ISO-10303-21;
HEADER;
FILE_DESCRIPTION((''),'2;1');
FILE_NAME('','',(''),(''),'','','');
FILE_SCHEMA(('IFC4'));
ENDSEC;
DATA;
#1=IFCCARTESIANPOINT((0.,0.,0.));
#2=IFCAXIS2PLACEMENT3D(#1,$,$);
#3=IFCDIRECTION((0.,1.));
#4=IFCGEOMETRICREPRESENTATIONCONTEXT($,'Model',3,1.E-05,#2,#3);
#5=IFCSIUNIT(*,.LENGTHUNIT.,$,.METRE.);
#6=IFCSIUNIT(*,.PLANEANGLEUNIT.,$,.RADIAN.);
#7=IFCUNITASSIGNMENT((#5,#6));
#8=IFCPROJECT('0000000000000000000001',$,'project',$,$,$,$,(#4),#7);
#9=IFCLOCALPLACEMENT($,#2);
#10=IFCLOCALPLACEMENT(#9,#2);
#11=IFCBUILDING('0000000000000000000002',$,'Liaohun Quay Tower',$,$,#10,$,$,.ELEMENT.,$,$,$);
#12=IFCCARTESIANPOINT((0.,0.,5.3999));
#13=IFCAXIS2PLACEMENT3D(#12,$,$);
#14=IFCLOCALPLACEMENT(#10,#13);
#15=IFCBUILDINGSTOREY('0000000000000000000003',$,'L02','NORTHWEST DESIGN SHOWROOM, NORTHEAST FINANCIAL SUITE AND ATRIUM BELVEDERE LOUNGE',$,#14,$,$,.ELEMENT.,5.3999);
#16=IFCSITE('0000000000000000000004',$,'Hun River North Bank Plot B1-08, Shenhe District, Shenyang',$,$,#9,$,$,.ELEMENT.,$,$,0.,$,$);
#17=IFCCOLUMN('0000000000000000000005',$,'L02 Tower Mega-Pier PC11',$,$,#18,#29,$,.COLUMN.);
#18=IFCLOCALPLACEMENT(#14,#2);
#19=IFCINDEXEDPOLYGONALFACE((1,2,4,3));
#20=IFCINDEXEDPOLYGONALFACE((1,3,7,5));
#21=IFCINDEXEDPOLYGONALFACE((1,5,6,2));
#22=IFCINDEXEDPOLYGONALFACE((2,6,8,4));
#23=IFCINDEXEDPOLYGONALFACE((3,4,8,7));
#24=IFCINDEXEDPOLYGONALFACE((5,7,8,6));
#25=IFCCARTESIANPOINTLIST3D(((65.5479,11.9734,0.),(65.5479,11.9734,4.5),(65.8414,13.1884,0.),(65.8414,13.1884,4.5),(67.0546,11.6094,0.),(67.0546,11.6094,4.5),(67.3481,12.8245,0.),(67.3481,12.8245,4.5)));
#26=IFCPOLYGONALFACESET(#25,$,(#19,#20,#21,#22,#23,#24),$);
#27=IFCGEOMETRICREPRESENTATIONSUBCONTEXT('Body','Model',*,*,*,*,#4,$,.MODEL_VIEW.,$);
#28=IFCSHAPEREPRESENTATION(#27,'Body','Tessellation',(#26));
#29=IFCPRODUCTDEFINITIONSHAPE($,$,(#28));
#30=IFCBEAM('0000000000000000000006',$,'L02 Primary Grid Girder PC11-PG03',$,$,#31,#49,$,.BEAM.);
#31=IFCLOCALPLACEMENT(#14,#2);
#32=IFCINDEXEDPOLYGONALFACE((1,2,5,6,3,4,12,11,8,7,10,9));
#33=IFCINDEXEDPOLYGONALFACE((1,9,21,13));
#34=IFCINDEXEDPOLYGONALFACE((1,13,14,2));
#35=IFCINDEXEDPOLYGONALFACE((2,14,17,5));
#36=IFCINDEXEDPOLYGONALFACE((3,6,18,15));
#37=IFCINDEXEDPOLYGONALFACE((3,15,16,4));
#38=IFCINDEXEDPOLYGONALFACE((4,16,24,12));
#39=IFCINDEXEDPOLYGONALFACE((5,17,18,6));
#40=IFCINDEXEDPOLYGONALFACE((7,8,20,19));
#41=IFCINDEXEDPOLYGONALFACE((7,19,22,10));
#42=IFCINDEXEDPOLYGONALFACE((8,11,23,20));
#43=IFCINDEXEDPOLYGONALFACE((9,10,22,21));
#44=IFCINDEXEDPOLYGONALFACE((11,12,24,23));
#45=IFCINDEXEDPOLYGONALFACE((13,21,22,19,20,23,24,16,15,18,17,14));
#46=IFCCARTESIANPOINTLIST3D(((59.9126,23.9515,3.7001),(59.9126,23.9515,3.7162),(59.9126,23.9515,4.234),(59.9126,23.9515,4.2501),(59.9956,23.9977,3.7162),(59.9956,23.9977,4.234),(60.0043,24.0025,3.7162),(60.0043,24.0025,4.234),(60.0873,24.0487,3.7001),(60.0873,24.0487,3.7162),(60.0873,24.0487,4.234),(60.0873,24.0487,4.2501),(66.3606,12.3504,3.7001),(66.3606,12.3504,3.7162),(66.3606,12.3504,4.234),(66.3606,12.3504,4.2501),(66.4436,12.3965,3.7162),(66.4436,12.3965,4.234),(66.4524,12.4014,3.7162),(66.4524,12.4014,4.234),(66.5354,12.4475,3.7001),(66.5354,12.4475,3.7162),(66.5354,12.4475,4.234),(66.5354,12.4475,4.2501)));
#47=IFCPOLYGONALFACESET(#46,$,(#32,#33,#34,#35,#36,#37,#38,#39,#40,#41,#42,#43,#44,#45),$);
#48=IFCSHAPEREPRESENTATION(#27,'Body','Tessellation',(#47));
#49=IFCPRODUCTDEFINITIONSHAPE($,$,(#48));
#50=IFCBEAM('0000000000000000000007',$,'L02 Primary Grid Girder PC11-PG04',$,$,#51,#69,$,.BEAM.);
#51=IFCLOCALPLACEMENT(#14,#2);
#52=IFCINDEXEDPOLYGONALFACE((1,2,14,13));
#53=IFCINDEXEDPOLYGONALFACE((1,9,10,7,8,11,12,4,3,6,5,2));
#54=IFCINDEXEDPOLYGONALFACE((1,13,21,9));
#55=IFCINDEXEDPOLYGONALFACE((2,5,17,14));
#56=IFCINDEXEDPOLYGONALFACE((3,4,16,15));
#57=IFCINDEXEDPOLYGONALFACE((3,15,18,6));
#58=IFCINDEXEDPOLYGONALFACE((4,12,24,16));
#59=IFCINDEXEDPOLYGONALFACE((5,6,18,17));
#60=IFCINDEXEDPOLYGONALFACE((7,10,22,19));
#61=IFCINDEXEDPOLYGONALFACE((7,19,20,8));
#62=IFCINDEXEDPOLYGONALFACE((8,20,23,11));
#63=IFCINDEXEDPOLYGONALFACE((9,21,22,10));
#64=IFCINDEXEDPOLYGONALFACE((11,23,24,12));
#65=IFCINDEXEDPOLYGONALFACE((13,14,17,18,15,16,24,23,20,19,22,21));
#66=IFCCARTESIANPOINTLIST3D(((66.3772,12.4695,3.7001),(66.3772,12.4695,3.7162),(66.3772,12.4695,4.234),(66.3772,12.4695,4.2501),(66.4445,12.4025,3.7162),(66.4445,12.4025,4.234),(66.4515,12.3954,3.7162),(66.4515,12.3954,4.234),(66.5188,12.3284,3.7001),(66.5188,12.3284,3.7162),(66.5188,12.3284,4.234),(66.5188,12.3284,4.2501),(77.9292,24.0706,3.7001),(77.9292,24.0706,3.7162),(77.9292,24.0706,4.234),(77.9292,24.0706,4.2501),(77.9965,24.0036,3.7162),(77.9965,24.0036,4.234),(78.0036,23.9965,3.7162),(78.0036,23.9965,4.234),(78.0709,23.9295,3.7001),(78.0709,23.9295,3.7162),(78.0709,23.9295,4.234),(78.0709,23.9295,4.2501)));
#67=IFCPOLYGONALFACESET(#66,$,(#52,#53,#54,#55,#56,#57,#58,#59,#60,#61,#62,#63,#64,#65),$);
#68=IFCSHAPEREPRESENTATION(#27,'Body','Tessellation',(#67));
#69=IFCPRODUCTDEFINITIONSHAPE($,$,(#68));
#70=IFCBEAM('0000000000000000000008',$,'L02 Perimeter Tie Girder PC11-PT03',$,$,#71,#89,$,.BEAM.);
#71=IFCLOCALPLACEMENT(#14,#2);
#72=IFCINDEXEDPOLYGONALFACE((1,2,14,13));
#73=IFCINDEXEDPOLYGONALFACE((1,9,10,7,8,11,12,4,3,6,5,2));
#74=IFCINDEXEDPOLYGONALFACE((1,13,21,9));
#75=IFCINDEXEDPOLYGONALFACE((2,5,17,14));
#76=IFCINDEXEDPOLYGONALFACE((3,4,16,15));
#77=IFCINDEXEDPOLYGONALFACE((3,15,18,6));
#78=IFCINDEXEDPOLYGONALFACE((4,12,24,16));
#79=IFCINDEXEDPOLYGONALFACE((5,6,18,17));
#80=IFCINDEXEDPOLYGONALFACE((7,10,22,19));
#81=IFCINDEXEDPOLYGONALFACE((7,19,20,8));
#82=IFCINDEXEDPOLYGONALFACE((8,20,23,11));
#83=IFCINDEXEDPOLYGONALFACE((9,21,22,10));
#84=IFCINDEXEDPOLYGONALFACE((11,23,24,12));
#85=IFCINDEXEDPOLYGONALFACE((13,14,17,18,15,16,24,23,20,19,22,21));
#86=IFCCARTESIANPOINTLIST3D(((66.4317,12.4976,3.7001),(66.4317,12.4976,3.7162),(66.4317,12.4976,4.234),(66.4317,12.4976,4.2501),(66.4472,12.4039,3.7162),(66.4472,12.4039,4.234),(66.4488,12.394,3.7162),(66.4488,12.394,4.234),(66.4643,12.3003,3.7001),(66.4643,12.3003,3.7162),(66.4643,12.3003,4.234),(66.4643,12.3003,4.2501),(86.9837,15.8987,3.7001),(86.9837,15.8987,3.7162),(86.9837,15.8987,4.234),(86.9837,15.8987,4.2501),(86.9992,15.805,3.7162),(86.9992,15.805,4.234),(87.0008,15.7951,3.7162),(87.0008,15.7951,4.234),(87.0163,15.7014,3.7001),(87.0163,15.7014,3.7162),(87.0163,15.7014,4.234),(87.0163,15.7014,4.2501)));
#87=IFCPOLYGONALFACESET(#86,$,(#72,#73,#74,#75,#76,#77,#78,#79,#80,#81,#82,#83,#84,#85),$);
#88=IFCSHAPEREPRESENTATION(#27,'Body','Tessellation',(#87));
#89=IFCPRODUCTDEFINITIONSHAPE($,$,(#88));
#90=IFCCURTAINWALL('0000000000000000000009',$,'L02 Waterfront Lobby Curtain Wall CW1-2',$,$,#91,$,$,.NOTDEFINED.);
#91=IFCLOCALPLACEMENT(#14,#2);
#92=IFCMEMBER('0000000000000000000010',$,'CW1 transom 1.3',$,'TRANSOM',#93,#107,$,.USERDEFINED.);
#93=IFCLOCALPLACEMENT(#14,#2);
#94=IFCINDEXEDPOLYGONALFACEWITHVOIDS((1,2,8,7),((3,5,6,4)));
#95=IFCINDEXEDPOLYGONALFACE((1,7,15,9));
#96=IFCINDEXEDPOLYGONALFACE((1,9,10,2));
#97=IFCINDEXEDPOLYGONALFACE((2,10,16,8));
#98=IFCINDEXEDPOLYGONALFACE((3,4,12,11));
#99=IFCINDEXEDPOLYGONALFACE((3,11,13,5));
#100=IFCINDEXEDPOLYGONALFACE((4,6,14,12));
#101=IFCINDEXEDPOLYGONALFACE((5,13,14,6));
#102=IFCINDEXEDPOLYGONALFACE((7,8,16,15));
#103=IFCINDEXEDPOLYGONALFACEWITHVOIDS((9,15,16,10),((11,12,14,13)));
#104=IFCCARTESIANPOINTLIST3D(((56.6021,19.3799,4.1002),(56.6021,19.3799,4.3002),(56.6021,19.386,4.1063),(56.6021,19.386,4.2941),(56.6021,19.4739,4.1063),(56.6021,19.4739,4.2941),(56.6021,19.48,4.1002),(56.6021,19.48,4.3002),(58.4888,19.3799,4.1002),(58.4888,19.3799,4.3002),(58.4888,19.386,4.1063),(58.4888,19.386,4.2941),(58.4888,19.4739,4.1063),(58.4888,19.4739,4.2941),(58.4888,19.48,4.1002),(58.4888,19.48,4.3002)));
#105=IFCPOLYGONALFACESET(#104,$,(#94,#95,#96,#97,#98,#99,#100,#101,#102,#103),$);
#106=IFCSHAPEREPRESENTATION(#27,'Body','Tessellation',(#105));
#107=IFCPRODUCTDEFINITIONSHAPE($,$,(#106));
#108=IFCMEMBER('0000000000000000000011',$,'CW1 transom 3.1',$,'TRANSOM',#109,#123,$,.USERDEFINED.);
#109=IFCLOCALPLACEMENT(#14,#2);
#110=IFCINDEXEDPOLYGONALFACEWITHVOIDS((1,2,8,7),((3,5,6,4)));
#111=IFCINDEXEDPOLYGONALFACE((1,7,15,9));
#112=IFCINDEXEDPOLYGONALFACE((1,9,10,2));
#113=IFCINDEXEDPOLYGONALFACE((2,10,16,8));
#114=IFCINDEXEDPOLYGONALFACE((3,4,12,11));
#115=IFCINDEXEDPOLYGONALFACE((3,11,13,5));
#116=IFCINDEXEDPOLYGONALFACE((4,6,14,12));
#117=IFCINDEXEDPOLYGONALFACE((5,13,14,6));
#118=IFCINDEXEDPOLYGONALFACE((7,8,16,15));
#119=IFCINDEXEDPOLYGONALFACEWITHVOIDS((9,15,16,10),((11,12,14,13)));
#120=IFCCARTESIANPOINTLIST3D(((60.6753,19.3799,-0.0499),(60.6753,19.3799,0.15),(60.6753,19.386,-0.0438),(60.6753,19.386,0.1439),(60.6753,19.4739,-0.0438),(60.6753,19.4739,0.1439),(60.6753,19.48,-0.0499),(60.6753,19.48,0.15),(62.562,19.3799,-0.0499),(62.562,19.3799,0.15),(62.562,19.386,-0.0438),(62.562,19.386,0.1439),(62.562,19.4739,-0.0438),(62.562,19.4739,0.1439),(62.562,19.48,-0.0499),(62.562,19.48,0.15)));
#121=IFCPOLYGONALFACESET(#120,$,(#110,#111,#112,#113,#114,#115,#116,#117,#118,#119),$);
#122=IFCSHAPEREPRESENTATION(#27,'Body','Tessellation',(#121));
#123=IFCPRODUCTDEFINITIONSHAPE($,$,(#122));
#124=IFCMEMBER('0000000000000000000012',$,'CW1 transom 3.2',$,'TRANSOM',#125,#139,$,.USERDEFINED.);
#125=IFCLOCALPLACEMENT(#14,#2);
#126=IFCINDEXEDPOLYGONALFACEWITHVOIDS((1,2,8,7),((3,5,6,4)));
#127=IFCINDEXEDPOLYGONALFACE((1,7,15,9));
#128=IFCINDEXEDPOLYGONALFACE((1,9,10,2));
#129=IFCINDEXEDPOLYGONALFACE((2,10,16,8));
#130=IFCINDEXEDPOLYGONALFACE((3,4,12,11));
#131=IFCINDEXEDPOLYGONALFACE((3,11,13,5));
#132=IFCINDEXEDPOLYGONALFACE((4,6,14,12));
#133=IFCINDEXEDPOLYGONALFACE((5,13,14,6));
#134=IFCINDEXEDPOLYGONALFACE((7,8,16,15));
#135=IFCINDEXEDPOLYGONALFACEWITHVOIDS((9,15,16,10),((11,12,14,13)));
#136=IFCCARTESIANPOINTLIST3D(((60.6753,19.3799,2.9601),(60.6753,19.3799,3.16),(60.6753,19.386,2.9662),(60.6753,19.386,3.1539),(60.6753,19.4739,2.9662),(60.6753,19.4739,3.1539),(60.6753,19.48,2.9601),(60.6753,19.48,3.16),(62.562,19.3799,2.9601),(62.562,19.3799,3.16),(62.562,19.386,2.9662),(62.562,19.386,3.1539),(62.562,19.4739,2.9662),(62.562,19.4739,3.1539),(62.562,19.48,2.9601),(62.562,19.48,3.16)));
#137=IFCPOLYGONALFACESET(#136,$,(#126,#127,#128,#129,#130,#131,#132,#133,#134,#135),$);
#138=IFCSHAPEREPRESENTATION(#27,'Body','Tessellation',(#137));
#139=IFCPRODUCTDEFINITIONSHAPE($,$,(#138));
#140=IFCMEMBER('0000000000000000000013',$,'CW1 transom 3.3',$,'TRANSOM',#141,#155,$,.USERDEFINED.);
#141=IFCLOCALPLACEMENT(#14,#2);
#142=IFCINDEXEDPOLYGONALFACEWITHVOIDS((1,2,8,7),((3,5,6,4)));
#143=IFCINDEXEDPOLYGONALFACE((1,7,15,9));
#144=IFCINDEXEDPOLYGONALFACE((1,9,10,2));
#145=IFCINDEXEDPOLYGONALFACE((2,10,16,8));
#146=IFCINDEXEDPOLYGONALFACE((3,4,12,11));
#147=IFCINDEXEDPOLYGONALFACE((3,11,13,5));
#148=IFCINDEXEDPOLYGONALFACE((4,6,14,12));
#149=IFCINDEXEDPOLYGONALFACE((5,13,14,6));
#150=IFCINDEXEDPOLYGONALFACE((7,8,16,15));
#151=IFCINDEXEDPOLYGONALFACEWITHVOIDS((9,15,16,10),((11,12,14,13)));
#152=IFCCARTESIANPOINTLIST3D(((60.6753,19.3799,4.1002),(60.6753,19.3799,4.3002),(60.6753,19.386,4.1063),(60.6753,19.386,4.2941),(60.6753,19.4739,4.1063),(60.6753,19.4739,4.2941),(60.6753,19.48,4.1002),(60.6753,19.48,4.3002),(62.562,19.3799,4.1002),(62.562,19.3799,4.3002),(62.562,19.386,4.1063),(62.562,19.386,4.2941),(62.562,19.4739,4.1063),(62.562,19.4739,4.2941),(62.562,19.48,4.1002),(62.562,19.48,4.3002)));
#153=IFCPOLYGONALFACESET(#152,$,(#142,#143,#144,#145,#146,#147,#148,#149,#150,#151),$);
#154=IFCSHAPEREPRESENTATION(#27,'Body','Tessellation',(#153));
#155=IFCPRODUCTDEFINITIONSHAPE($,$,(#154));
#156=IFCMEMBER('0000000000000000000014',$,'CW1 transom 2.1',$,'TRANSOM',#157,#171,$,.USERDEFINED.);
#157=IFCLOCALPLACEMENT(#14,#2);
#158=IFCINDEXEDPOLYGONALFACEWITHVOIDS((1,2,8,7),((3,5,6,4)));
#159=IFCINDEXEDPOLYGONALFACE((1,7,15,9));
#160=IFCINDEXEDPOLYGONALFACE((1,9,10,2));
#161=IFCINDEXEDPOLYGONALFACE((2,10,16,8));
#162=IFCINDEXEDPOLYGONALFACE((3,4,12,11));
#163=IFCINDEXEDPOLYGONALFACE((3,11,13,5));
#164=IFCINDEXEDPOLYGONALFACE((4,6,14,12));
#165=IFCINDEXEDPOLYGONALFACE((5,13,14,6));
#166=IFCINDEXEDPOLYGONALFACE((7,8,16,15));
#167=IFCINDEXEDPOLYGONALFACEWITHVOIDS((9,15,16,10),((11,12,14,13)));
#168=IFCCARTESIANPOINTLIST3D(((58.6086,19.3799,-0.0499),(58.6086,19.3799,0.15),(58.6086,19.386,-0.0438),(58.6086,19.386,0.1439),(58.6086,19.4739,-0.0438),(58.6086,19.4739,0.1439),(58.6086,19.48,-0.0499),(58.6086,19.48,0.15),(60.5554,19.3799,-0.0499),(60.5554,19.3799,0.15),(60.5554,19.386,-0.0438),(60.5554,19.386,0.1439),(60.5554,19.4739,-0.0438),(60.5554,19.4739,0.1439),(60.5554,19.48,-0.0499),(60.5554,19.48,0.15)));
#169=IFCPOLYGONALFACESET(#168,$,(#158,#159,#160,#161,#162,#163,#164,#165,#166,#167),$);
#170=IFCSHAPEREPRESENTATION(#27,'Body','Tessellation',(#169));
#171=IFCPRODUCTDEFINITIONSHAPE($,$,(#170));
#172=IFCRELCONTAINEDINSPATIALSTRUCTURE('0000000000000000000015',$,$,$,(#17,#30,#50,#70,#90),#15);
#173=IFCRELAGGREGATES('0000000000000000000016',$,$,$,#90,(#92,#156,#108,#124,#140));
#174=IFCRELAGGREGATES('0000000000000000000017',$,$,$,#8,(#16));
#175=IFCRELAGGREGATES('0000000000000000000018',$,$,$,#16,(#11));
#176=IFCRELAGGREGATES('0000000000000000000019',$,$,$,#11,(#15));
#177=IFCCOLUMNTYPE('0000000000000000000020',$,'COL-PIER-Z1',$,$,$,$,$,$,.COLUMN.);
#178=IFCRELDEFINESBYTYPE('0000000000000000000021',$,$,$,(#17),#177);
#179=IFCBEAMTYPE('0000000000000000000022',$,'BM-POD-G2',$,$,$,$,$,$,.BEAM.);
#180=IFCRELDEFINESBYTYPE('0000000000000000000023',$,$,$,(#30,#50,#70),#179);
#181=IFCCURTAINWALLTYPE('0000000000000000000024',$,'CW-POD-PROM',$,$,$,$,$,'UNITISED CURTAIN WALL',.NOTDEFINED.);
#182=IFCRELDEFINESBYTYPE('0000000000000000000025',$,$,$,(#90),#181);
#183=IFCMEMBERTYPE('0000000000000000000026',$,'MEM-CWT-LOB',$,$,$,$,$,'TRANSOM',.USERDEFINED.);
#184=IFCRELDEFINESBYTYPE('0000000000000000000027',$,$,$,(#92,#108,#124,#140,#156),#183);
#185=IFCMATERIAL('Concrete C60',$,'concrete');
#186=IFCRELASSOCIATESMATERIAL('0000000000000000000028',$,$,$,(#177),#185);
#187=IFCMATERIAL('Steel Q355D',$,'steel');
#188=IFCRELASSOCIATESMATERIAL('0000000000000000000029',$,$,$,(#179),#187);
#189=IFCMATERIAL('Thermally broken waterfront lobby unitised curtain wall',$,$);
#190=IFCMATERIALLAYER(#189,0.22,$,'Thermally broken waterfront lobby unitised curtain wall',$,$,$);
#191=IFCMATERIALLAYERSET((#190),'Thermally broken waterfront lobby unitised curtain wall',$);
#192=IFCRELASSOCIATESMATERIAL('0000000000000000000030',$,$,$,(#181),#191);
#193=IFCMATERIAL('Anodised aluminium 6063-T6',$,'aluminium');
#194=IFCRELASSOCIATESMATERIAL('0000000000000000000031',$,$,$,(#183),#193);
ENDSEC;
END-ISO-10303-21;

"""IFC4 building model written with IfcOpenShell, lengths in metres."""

from ifc_helpers import new_model, si_unit, direction, frame, origin, origin_2d, place, context, subcontext, project, spatial, rectangle, hollow_rectangle, i_section, extrude, source, transform, mapped, material, layer, layer_set, material_profile, profile_set, type_object, element, aggregate, save


model = new_model("IFC4")

# Units and contexts
model_context = context("Model", 3, precision=1e-05, world=origin(), true_north=direction((0.0, 1.0)))
body_context = subcontext(model_context, "Body", "Model", "MODEL_VIEW")
ifc_project = project(units=[si_unit("LENGTHUNIT", "METRE"), si_unit("PLANEANGLEUNIT", "RADIAN")], contexts=[model_context])

# Site, building, storey
site_placement = place(None, origin())
site = spatial("IfcSite", under=ifc_project, at=site_placement, Name="Hun River North Bank Plot B1-08, Shenhe District, Shenyang", CompositionType="ELEMENT", RefElevation=0.0)
building_placement = place(site_placement, origin())
building = spatial("IfcBuilding", under=site, at=building_placement, Name="Liaohun Quay Tower", CompositionType="ELEMENT")
storey_placement = place(building_placement, frame((0.0, 0.0, 5.3999)))
storey = spatial("IfcBuildingStorey", under=building, at=storey_placement, Name="L02", Description="NORTHWEST DESIGN SHOWROOM, NORTHEAST FINANCIAL SUITE AND ATRIUM BELVEDERE LOUNGE", CompositionType="ELEMENT", Elevation=5.3999)

# Column
ifc_material_1 = material(Name="Concrete C60", Category="concrete")
ifc_material_profile_1 = material_profile(ifc_material_1, rectangle(XDim=1.55, YDim=1.25, at=origin_2d()), Name="RC1550x1250")
ifc_profile_set_1 = profile_set([ifc_material_profile_1], Name="Concrete C60")
column_type = type_object("IfcColumnType", Name="COL-PIER-Z1", PredefinedType="COLUMN", material=ifc_profile_set_1)
shared_shape_1 = source(origin(), body_context, "Body", "SweptSolid", [
    extrude(rectangle(XDim=1.55, YDim=1.25, at=origin_2d()), origin(), (0.0, 0.0, 1.0), 4.5),
])
column_placement = place(storey_placement, frame((66.448, 12.3989, 0.0), z_axis=(0.0, 0.0, 1.0), x_axis=(-0.972043, 0.234803, 0.0)))
element("IfcColumn", 1, at=column_placement, inside=storey, type_object=column_type, Name="L02 Tower Mega-Pier PC11", PredefinedType="COLUMN", context=body_context, shape_type="MappedRepresentation", body=[
    mapped(shared_shape_1, transform((0.0, 0.0, 0.0), x_axis=(1.0, 0.0, 0.0), y_axis=(0.0, 1.0, 0.0), z_axis=(0.0, 0.0, 1.0), scale=1.0)),
])

# Beams
ifc_material_2 = material(Name="Steel Q355D", Category="steel")
ifc_material_profile_2 = material_profile(ifc_material_2, i_section(OverallWidth=0.2, OverallDepth=0.55, WebThickness=0.01, FlangeThickness=0.0161, at=origin_2d()), Name="HN550x200x10x16")
ifc_profile_set_2 = profile_set([ifc_material_profile_2], Name="Steel Q355D")
beam_type = type_object("IfcBeamType", Name="BM-POD-G2", PredefinedType="BEAM", material=ifc_profile_set_2)
shared_shape_2 = source(origin(), body_context, "Body", "SweptSolid", [
    extrude(i_section(OverallWidth=0.2, OverallDepth=0.55, WebThickness=0.01, FlangeThickness=0.0161, at=origin_2d()), origin(), (0.0, 0.0, 1.0), 13.2727),
])
beam_1_placement = place(storey_placement, frame((66.448, 12.3989, 3.9751), z_axis=(-0.485813, 0.874063, 0.0), x_axis=(-0.874063, -0.485813, 0.0)))
element("IfcBeam", 2, at=beam_1_placement, inside=storey, type_object=beam_type, Name="L02 Primary Grid Girder PC11-PG03", PredefinedType="BEAM", context=body_context, shape_type="MappedRepresentation", body=[
    mapped(shared_shape_2, transform((0.0, 0.0, 0.0), x_axis=(1.0, 0.0, 0.0), y_axis=(0.0, 1.0, 0.0), z_axis=(0.0, 0.0, 1.0), scale=1.0)),
])
shared_shape_3 = source(origin(), body_context, "Body", "SweptSolid", [
    extrude(i_section(OverallWidth=0.2, OverallDepth=0.55, WebThickness=0.01, FlangeThickness=0.0161, at=origin_2d()), origin(), (0.0, 0.0, 1.0), 16.3718),
])
beam_2_placement = place(storey_placement, frame((66.448, 12.3989, 3.9751), z_axis=(0.705607, 0.708604, 0.0), x_axis=(-0.708604, 0.705607, 0.0)))
element("IfcBeam", 3, at=beam_2_placement, inside=storey, type_object=beam_type, Name="L02 Primary Grid Girder PC11-PG04", PredefinedType="BEAM", context=body_context, shape_type="MappedRepresentation", body=[
    mapped(shared_shape_3, transform((0.0, 0.0, 0.0), x_axis=(1.0, 0.0, 0.0), y_axis=(0.0, 1.0, 0.0), z_axis=(0.0, 0.0, 1.0), scale=1.0)),
])
shared_shape_4 = source(origin(), body_context, "Body", "SweptSolid", [
    extrude(i_section(OverallWidth=0.2, OverallDepth=0.55, WebThickness=0.01, FlangeThickness=0.0161, at=origin_2d()), origin(), (0.0, 0.0, 1.0), 20.8315),
])
beam_3_placement = place(storey_placement, frame((66.448, 12.3989, 3.9751), z_axis=(0.986582, 0.163268, 0.0), x_axis=(-0.163268, 0.986582, 0.0)))
element("IfcBeam", 4, at=beam_3_placement, inside=storey, type_object=beam_type, Name="L02 Perimeter Tie Girder PC11-PT03", PredefinedType="BEAM", context=body_context, shape_type="MappedRepresentation", body=[
    mapped(shared_shape_4, transform((0.0, 0.0, 0.0), x_axis=(1.0, 0.0, 0.0), y_axis=(0.0, 1.0, 0.0), z_axis=(0.0, 0.0, 1.0), scale=1.0)),
])

# Curtain wall, members
ifc_material_3 = material(Name="Thermally broken waterfront lobby unitised curtain wall")
ifc_layer_1 = layer(ifc_material_3, 0.22, Name="Thermally broken waterfront lobby unitised curtain wall")
ifc_layer_set_1 = layer_set([ifc_layer_1], Name="Thermally broken waterfront lobby unitised curtain wall")
curtain_wall_type = type_object("IfcCurtainWallType", Name="CW-POD-PROM", ElementType="UNITISED CURTAIN WALL", PredefinedType="NOTDEFINED", material=ifc_layer_set_1)
curtain_wall_1_placement = place(storey_placement, origin())
curtain_wall_1 = element("IfcCurtainWall", 5, at=curtain_wall_1_placement, inside=storey, type_object=curtain_wall_type, Name="L02 Waterfront Lobby Curtain Wall CW1-2", PredefinedType="NOTDEFINED")
ifc_material_4 = material(Name="Anodised aluminium 6063-T6", Category="aluminium")
ifc_material_profile_3 = material_profile(ifc_material_4, hollow_rectangle(XDim=0.1001, YDim=0.2, WallThickness=0.0061, at=origin_2d()), Name="RHS200x100x6")
ifc_profile_set_3 = profile_set([ifc_material_profile_3], Name="Anodised aluminium 6063-T6")
member_type_1 = type_object("IfcMemberType", Name="MEM-CWT-LOB", ElementType="TRANSOM", PredefinedType="USERDEFINED", material=ifc_profile_set_3)
shared_shape_5 = source(origin(), body_context, "Body", "SweptSolid", [
    extrude(hollow_rectangle(XDim=0.1001, YDim=0.2, WallThickness=0.0061, at=origin_2d()), origin(), (0.0, 0.0, 1.0), 1.8867),
])
member_1_placement = place(storey_placement, frame((56.6021, 19.4299, 4.2002), z_axis=(1.0, 0.0, 0.0), x_axis=(0.0, 1.0, 0.0)))
member_1 = element("IfcMember", 6, at=member_1_placement, type_object=member_type_1, Name="CW1 transom 1.3", ObjectType="TRANSOM", PredefinedType="USERDEFINED", context=body_context, shape_type="MappedRepresentation", body=[
    mapped(shared_shape_5, transform((0.0, 0.0, 0.0), x_axis=(1.0, 0.0, 0.0), y_axis=(0.0, 1.0, 0.0), z_axis=(0.0, 0.0, 1.0), scale=1.0)),
])
member_2_placement = place(storey_placement, frame((60.6753, 19.4299, 0.05), z_axis=(1.0, 0.0, 0.0), x_axis=(0.0, 1.0, 0.0)))
member_2 = element("IfcMember", 7, at=member_2_placement, type_object=member_type_1, Name="CW1 transom 3.1", ObjectType="TRANSOM", PredefinedType="USERDEFINED", context=body_context, shape_type="MappedRepresentation", body=[
    mapped(shared_shape_5, transform((0.0, 0.0, 0.0), x_axis=(1.0, 0.0, 0.0), y_axis=(0.0, 1.0, 0.0), z_axis=(0.0, 0.0, 1.0), scale=1.0)),
])
member_3_placement = place(storey_placement, frame((60.6753, 19.4299, 3.0601), z_axis=(1.0, 0.0, 0.0), x_axis=(0.0, 1.0, 0.0)))
member_3 = element("IfcMember", 8, at=member_3_placement, type_object=member_type_1, Name="CW1 transom 3.2", ObjectType="TRANSOM", PredefinedType="USERDEFINED", context=body_context, shape_type="MappedRepresentation", body=[
    mapped(shared_shape_5, transform((0.0, 0.0, 0.0), x_axis=(1.0, 0.0, 0.0), y_axis=(0.0, 1.0, 0.0), z_axis=(0.0, 0.0, 1.0), scale=1.0)),
])
member_4_placement = place(storey_placement, frame((60.6753, 19.4299, 4.2002), z_axis=(1.0, 0.0, 0.0), x_axis=(0.0, 1.0, 0.0)))
member_4 = element("IfcMember", 9, at=member_4_placement, type_object=member_type_1, Name="CW1 transom 3.3", ObjectType="TRANSOM", PredefinedType="USERDEFINED", context=body_context, shape_type="MappedRepresentation", body=[
    mapped(shared_shape_5, transform((0.0, 0.0, 0.0), x_axis=(1.0, 0.0, 0.0), y_axis=(0.0, 1.0, 0.0), z_axis=(0.0, 0.0, 1.0), scale=1.0)),
])
shared_shape_6 = source(origin(), body_context, "Body", "SweptSolid", [
    extrude(hollow_rectangle(XDim=0.1001, YDim=0.2, WallThickness=0.0061, at=origin_2d()), origin(), (0.0, 0.0, 1.0), 1.9468),
])
member_5_placement = place(storey_placement, frame((58.6086, 19.4299, 0.05), z_axis=(1.0, 0.0, 0.0), x_axis=(0.0, 1.0, 0.0)))
member_5 = element("IfcMember", 10, at=member_5_placement, type_object=member_type_1, Name="CW1 transom 2.1", ObjectType="TRANSOM", PredefinedType="USERDEFINED", context=body_context, shape_type="MappedRepresentation", body=[
    mapped(shared_shape_6, transform((0.0, 0.0, 0.0), x_axis=(1.0, 0.0, 0.0), y_axis=(0.0, 1.0, 0.0), z_axis=(0.0, 0.0, 1.0), scale=1.0)),
])

aggregate(curtain_wall_1, [member_1, member_5, member_2, member_3, member_4])

save(model, "model.ifc")
